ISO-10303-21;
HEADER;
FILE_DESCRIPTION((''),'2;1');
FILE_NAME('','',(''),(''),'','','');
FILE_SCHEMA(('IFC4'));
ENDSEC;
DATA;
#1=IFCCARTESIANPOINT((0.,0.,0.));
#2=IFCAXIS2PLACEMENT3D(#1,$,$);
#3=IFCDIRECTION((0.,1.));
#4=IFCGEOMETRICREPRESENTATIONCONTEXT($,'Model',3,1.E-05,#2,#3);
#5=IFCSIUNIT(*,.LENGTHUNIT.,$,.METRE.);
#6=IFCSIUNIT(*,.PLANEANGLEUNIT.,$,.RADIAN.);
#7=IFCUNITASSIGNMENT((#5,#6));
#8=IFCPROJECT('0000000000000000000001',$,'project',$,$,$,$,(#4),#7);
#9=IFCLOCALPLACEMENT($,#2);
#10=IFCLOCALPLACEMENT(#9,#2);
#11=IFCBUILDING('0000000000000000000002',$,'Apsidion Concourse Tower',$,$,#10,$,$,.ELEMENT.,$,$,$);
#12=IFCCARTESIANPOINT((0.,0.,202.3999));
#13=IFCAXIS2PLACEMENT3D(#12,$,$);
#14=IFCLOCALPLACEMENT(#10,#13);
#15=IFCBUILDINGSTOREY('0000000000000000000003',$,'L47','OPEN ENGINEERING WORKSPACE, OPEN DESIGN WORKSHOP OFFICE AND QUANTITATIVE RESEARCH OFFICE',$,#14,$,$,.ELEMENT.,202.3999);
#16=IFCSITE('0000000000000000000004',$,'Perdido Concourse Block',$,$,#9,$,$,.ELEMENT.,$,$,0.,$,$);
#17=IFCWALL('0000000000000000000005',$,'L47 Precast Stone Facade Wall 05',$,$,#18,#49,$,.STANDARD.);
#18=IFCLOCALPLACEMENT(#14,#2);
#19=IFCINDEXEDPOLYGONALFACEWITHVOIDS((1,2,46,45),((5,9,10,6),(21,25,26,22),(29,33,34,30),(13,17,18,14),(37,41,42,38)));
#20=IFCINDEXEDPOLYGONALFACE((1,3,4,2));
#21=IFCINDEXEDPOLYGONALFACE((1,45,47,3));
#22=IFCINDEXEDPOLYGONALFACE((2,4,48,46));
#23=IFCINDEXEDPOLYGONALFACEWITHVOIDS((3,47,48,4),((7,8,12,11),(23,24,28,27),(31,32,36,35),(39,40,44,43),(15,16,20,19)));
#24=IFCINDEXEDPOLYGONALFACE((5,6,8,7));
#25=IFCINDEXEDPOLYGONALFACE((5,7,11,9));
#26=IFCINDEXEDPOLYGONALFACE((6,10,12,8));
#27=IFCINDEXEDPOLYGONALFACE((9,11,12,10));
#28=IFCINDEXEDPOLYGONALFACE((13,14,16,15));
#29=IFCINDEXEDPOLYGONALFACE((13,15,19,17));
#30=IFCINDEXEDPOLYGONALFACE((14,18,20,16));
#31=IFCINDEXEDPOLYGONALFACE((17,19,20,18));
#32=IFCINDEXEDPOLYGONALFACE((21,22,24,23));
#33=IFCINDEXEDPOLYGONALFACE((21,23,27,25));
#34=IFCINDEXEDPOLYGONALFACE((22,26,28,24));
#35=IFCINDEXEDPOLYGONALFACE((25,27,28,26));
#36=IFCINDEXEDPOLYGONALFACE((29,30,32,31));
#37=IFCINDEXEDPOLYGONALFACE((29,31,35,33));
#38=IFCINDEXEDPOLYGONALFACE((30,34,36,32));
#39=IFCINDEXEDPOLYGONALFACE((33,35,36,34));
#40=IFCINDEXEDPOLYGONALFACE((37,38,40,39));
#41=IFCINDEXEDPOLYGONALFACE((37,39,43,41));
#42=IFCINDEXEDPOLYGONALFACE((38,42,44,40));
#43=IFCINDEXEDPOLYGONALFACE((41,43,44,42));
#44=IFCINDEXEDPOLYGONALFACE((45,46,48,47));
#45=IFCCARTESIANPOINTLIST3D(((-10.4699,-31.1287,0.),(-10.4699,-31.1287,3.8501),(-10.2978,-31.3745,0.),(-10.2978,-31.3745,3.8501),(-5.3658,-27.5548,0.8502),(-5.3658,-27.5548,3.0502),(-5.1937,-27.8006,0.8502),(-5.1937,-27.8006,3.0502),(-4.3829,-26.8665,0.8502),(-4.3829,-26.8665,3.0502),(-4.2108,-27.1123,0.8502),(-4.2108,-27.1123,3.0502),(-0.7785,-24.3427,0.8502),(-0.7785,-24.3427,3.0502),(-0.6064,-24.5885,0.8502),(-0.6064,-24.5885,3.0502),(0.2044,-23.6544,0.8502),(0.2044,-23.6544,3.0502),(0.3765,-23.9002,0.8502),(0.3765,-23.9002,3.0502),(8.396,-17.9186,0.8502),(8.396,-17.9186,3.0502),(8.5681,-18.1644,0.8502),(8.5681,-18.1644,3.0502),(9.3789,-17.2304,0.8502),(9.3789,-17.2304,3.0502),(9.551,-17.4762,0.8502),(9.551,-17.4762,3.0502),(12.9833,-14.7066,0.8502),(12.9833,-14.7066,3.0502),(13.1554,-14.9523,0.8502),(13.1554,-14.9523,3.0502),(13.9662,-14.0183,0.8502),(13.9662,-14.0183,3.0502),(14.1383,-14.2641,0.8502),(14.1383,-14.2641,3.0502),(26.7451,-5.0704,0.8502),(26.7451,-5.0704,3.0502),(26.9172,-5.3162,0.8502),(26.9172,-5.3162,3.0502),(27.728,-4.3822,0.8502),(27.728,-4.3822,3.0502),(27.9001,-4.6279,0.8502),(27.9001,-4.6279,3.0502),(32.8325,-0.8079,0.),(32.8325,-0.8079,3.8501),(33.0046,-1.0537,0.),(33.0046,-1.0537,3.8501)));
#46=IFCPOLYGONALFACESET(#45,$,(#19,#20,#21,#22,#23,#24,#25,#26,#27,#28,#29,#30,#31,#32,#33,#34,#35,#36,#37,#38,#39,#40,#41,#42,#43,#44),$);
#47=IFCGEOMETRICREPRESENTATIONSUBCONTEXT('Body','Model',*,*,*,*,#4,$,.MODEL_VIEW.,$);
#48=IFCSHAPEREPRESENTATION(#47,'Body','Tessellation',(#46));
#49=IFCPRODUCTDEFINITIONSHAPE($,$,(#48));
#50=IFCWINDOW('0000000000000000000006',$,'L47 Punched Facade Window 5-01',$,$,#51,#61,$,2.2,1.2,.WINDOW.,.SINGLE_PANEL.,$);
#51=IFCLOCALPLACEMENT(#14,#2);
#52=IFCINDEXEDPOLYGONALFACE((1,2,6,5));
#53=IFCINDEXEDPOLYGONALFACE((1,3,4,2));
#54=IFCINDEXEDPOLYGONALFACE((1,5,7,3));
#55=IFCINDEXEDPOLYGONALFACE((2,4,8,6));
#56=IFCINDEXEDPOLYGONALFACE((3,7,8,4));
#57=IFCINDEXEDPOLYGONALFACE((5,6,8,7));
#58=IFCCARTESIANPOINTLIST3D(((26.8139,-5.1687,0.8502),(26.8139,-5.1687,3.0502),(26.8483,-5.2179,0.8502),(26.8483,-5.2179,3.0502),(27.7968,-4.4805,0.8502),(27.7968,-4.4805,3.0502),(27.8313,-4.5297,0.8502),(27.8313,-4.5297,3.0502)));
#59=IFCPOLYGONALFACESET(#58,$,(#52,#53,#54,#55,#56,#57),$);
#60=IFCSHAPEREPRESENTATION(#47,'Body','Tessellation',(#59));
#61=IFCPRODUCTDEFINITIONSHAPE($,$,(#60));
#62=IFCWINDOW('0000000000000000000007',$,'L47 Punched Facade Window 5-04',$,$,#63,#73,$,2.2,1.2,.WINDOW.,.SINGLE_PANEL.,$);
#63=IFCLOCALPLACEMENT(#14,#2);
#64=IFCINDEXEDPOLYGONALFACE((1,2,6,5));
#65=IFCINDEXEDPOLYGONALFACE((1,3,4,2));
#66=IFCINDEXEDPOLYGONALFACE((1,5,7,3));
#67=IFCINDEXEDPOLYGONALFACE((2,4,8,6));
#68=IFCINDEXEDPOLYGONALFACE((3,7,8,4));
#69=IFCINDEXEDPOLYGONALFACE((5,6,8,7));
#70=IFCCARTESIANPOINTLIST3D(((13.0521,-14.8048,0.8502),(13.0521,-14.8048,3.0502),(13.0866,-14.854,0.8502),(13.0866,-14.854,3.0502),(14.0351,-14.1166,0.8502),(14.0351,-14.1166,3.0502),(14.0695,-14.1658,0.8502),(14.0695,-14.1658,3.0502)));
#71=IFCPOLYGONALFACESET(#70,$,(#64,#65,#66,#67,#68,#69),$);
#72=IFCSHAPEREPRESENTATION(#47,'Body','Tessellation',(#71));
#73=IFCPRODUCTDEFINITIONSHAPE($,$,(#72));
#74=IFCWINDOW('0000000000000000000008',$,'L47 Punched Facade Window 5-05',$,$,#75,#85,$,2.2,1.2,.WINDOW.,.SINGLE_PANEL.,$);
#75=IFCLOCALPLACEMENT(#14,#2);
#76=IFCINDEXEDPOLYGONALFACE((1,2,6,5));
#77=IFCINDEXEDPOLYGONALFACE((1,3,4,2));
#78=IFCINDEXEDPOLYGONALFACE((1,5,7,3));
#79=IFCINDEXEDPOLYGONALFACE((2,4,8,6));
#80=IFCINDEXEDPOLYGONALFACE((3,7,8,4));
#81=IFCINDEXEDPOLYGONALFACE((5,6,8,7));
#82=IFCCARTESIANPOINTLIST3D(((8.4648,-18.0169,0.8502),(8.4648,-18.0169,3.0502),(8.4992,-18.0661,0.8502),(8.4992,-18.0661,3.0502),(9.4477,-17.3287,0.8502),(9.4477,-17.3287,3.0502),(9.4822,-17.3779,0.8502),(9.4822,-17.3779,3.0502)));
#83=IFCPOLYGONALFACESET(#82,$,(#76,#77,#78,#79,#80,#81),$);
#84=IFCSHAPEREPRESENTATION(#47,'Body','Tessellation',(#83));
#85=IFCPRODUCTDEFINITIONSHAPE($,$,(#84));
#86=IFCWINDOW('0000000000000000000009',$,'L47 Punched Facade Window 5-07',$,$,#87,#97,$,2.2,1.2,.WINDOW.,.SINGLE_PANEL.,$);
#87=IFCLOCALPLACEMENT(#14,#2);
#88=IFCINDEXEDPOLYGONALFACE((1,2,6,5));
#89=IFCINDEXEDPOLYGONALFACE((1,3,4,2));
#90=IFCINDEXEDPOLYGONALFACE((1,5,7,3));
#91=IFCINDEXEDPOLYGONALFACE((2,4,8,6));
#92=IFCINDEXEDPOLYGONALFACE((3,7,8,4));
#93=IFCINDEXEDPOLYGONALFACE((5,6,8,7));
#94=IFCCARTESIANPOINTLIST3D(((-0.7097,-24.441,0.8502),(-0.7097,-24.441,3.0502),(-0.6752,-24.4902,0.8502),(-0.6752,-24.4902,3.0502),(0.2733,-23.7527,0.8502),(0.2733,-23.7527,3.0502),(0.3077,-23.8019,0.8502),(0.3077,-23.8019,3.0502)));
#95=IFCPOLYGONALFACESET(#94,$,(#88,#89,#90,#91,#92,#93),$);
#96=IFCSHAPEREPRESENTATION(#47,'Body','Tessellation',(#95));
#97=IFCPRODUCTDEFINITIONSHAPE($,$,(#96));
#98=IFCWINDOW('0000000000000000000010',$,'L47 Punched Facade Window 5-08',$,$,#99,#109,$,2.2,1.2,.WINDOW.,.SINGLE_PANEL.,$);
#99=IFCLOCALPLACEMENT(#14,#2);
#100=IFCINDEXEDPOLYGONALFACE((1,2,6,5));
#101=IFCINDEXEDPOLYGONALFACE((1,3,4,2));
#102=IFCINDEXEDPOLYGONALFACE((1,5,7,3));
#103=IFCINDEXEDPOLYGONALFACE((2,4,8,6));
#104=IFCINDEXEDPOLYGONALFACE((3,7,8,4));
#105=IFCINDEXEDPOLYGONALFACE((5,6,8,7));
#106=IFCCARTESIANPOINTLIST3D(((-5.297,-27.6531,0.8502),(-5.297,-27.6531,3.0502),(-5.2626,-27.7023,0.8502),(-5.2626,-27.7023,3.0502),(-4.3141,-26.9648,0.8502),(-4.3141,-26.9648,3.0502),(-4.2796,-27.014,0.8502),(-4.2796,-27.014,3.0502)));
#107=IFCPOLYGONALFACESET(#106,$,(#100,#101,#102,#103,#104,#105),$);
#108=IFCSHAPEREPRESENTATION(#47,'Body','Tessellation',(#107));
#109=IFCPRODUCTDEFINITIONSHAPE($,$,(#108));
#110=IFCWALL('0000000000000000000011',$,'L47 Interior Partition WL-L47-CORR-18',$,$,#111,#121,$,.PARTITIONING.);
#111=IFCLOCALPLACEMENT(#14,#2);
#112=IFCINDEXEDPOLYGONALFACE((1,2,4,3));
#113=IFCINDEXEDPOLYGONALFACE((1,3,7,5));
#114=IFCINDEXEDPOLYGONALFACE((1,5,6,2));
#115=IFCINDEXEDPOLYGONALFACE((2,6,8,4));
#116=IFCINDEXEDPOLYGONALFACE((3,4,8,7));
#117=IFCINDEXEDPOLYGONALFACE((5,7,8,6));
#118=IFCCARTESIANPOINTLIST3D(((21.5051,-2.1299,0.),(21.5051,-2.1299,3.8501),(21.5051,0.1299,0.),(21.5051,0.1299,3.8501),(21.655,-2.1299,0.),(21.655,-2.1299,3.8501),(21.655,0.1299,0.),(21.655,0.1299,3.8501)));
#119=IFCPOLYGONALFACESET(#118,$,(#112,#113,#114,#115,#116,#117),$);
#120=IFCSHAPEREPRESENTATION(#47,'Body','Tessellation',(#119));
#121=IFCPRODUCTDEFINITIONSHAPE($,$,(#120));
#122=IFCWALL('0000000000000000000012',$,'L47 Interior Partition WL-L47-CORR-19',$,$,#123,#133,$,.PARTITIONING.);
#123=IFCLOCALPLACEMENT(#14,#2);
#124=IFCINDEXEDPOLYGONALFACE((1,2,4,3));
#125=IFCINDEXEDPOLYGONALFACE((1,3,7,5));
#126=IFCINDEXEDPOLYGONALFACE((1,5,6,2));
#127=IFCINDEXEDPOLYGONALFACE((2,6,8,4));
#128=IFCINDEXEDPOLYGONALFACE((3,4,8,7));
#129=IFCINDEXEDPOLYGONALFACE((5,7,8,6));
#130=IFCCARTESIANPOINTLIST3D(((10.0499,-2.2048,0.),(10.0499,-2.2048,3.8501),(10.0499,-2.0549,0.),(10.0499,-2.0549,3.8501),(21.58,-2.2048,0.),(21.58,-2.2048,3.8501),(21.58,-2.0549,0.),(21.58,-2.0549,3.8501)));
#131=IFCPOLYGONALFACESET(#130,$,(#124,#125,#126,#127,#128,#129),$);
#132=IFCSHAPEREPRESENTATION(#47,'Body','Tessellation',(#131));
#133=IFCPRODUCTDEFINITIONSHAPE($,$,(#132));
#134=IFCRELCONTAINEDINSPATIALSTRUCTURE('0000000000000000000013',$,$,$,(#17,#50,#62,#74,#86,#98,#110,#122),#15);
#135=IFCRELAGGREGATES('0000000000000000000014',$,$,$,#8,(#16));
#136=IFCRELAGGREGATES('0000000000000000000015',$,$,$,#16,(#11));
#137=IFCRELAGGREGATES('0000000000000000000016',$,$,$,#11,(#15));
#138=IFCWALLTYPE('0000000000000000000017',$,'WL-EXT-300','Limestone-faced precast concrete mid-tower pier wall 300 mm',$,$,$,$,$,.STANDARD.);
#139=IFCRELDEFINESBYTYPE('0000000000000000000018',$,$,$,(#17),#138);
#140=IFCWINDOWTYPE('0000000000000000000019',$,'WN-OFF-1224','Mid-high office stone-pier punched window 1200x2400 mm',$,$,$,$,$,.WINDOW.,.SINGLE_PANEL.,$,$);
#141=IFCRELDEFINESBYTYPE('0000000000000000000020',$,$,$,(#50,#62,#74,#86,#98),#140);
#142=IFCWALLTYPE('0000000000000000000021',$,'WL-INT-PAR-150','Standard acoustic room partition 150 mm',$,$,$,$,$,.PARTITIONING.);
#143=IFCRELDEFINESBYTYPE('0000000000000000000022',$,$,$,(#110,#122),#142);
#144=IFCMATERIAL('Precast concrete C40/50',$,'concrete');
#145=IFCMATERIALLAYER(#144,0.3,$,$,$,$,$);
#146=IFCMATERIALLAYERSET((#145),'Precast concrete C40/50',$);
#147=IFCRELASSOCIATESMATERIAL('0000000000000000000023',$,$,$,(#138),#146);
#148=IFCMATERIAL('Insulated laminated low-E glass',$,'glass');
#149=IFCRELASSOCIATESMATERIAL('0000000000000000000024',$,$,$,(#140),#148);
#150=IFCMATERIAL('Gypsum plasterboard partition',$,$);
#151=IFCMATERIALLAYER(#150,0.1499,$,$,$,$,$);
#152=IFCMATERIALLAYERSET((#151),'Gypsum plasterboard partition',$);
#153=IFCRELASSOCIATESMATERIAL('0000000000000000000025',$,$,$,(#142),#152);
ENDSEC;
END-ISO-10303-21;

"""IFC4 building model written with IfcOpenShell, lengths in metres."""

from ifc_helpers import new_model, si_unit, direction, frame, frame_2d, origin, place, context, subcontext, project, spatial, rectangle, extrude, material, layer, layer_set, type_object, element, fill, save


model = new_model("IFC4")

# Units and contexts
model_context = context("Model", 3, precision=1e-05, world=origin(), true_north=direction((0.0, 1.0)))
body_context = subcontext(model_context, "Body", "Model", "MODEL_VIEW")
ifc_project = project(units=[si_unit("LENGTHUNIT", "METRE"), si_unit("PLANEANGLEUNIT", "RADIAN")], contexts=[model_context])

# Site, building, storey
site_placement = place(None, origin())
site = spatial("IfcSite", under=ifc_project, at=site_placement, Name="Perdido Concourse Block", CompositionType="ELEMENT", RefElevation=0.0)
building_placement = place(site_placement, origin())
building = spatial("IfcBuilding", under=site, at=building_placement, Name="Apsidion Concourse Tower", CompositionType="ELEMENT")
storey_placement = place(building_placement, frame((0.0, 0.0, 202.3999)))
storey = spatial("IfcBuildingStorey", under=building, at=storey_placement, Name="L47", Description="OPEN ENGINEERING WORKSPACE, OPEN DESIGN WORKSHOP OFFICE AND QUANTITATIVE RESEARCH OFFICE", CompositionType="ELEMENT", Elevation=202.3999)

# Wall, openings, windows
ifc_material_1 = material(Name="Precast concrete C40/50", Category="concrete")
ifc_layer_1 = layer(ifc_material_1, 0.3)
ifc_layer_set_1 = layer_set([ifc_layer_1], Name="Precast concrete C40/50")
wall_type_1 = type_object("IfcWallType", Name="WL-EXT-300", Description="Limestone-faced precast concrete mid-tower pier wall 300 mm", PredefinedType="STANDARD", material=ifc_layer_set_1)
wall_1_placement = place(storey_placement, frame((32.9185, -0.9309, 0.0), z_axis=(0.0, 0.0, 1.0), x_axis=(-0.819151, -0.573577, 0.0)))
wall_1 = element("IfcWall", 1, at=wall_1_placement, inside=storey, type_object=wall_type_1, Name="L47 Precast Stone Facade Wall 05", PredefinedType="STANDARD", context=body_context, shape_type="SweptSolid", body=[
    extrude(rectangle(XDim=52.8625, YDim=0.3, at=frame_2d((26.4312, 0.0))), origin(), (0.0, 0.0, 1.0), 3.8501),
])
opening_1_placement = place(wall_1_placement, frame((6.2312, 0.0, 0.8501)))
opening_1 = element("IfcOpeningElement", 2, at=opening_1_placement, cuts=wall_1, PredefinedType="OPENING", context=body_context, shape_type="SweptSolid", body=[
    extrude(rectangle(XDim=1.2, YDim=2.2, at=frame_2d((0.6001, 1.1001))), frame((0.0, 0.1602, 0.0), z_axis=(0.0, -1.0, 0.0), x_axis=(1.0, 0.0, 0.0)), (0.0, 0.0, 1.0), 0.3201),
])
opening_2_placement = place(wall_1_placement, frame((23.0312, 0.0, 0.8501)))
opening_2 = element("IfcOpeningElement", 3, at=opening_2_placement, cuts=wall_1, PredefinedType="OPENING", context=body_context, shape_type="SweptSolid", body=[
    extrude(rectangle(XDim=1.2, YDim=2.2, at=frame_2d((0.6001, 1.1001))), frame((0.0, 0.1602, 0.0), z_axis=(0.0, -1.0, 0.0), x_axis=(1.0, 0.0, 0.0)), (0.0, 0.0, 1.0), 0.3201),
])
opening_3_placement = place(wall_1_placement, frame((28.6313, 0.0, 0.8501)))
opening_3 = element("IfcOpeningElement", 4, at=opening_3_placement, cuts=wall_1, PredefinedType="OPENING", context=body_context, shape_type="SweptSolid", body=[
    extrude(rectangle(XDim=1.2, YDim=2.2, at=frame_2d((0.6001, 1.1001))), frame((0.0, 0.1602, 0.0), z_axis=(0.0, -1.0, 0.0), x_axis=(1.0, 0.0, 0.0)), (0.0, 0.0, 1.0), 0.3201),
])
opening_4_placement = place(wall_1_placement, frame((39.8313, 0.0, 0.8501)))
opening_4 = element("IfcOpeningElement", 5, at=opening_4_placement, cuts=wall_1, PredefinedType="OPENING", context=body_context, shape_type="SweptSolid", body=[
    extrude(rectangle(XDim=1.2, YDim=2.2, at=frame_2d((0.6001, 1.1001))), frame((0.0, 0.1602, 0.0), z_axis=(0.0, -1.0, 0.0), x_axis=(1.0, 0.0, 0.0)), (0.0, 0.0, 1.0), 0.3201),
])
opening_5_placement = place(wall_1_placement, frame((45.4314, 0.0, 0.8501)))
opening_5 = element("IfcOpeningElement", 6, at=opening_5_placement, cuts=wall_1, PredefinedType="OPENING", context=body_context, shape_type="SweptSolid", body=[
    extrude(rectangle(XDim=1.2, YDim=2.2, at=frame_2d((0.6001, 1.1001))), frame((0.0, 0.1602, 0.0), z_axis=(0.0, -1.0, 0.0), x_axis=(1.0, 0.0, 0.0)), (0.0, 0.0, 1.0), 0.3201),
])
ifc_material_2 = material(Name="Insulated laminated low-E glass", Category="glass")
window_type = type_object("IfcWindowType", Name="WN-OFF-1224", Description="Mid-high office stone-pier punched window 1200x2400 mm", PartitioningType="SINGLE_PANEL", PredefinedType="WINDOW", material=ifc_material_2)
window_1_placement = place(opening_1_placement, origin())
window_1 = element("IfcWindow", 7, at=window_1_placement, inside=storey, type_object=window_type, Name="L47 Punched Facade Window 5-01", OverallHeight=2.2, OverallWidth=1.2, PartitioningType="SINGLE_PANEL", PredefinedType="WINDOW", context=body_context, shape_type="SweptSolid", body=[
    extrude(rectangle(XDim=1.2, YDim=2.2, at=frame_2d((0.6001, 1.1001))), frame((0.0, 0.03, 0.0), z_axis=(0.0, -1.0, 0.0), x_axis=(1.0, 0.0, 0.0)), (0.0, 0.0, 1.0), 0.0601),
])
fill(opening_1, window_1)
window_2_placement = place(opening_2_placement, origin())
window_2 = element("IfcWindow", 8, at=window_2_placement, inside=storey, type_object=window_type, Name="L47 Punched Facade Window 5-04", OverallHeight=2.2, OverallWidth=1.2, PartitioningType="SINGLE_PANEL", PredefinedType="WINDOW", context=body_context, shape_type="SweptSolid", body=[
    extrude(rectangle(XDim=1.2, YDim=2.2, at=frame_2d((0.6001, 1.1001))), frame((0.0, 0.03, 0.0), z_axis=(0.0, -1.0, 0.0), x_axis=(1.0, 0.0, 0.0)), (0.0, 0.0, 1.0), 0.0601),
])
fill(opening_2, window_2)
window_3_placement = place(opening_3_placement, origin())
window_3 = element("IfcWindow", 9, at=window_3_placement, inside=storey, type_object=window_type, Name="L47 Punched Facade Window 5-05", OverallHeight=2.2, OverallWidth=1.2, PartitioningType="SINGLE_PANEL", PredefinedType="WINDOW", context=body_context, shape_type="SweptSolid", body=[
    extrude(rectangle(XDim=1.2, YDim=2.2, at=frame_2d((0.6001, 1.1001))), frame((0.0, 0.03, 0.0), z_axis=(0.0, -1.0, 0.0), x_axis=(1.0, 0.0, 0.0)), (0.0, 0.0, 1.0), 0.0601),
])
fill(opening_3, window_3)
window_4_placement = place(opening_4_placement, origin())
window_4 = element("IfcWindow", 10, at=window_4_placement, inside=storey, type_object=window_type, Name="L47 Punched Facade Window 5-07", OverallHeight=2.2, OverallWidth=1.2, PartitioningType="SINGLE_PANEL", PredefinedType="WINDOW", context=body_context, shape_type="SweptSolid", body=[
    extrude(rectangle(XDim=1.2, YDim=2.2, at=frame_2d((0.6001, 1.1001))), frame((0.0, 0.03, 0.0), z_axis=(0.0, -1.0, 0.0), x_axis=(1.0, 0.0, 0.0)), (0.0, 0.0, 1.0), 0.0601),
])
fill(opening_4, window_4)
window_5_placement = place(opening_5_placement, origin())
window_5 = element("IfcWindow", 11, at=window_5_placement, inside=storey, type_object=window_type, Name="L47 Punched Facade Window 5-08", OverallHeight=2.2, OverallWidth=1.2, PartitioningType="SINGLE_PANEL", PredefinedType="WINDOW", context=body_context, shape_type="SweptSolid", body=[
    extrude(rectangle(XDim=1.2, YDim=2.2, at=frame_2d((0.6001, 1.1001))), frame((0.0, 0.03, 0.0), z_axis=(0.0, -1.0, 0.0), x_axis=(1.0, 0.0, 0.0)), (0.0, 0.0, 1.0), 0.0601),
])
fill(opening_5, window_5)

# Walls
ifc_material_3 = material(Name="Gypsum plasterboard partition")
ifc_layer_2 = layer(ifc_material_3, 0.1499)
ifc_layer_set_2 = layer_set([ifc_layer_2], Name="Gypsum plasterboard partition")
wall_type_2 = type_object("IfcWallType", Name="WL-INT-PAR-150", Description="Standard acoustic room partition 150 mm", PredefinedType="PARTITIONING", material=ifc_layer_set_2)
wall_2_placement = place(storey_placement, frame((21.5801, 0.1299, 0.0), z_axis=(0.0, 0.0, 1.0), x_axis=(0.0, -1.0, 0.0)))
element("IfcWall", 12, at=wall_2_placement, inside=storey, type_object=wall_type_2, Name="L47 Interior Partition WL-L47-CORR-18", PredefinedType="PARTITIONING", context=body_context, shape_type="SweptSolid", body=[
    extrude(rectangle(XDim=2.2598, YDim=0.1499, at=frame_2d((1.1299, 0.0))), origin(), (0.0, 0.0, 1.0), 3.8501),
])
wall_3_placement = place(storey_placement, frame((21.5801, -2.1299, 0.0), z_axis=(0.0, 0.0, 1.0), x_axis=(-1.0, 0.0, 0.0)))
element("IfcWall", 13, at=wall_3_placement, inside=storey, type_object=wall_type_2, Name="L47 Interior Partition WL-L47-CORR-19", PredefinedType="PARTITIONING", context=body_context, shape_type="SweptSolid", body=[
    extrude(rectangle(XDim=11.53, YDim=0.1499, at=frame_2d((5.7651, 0.0))), origin(), (0.0, 0.0, 1.0), 3.8501),
])

save(model, "model.ifc")
